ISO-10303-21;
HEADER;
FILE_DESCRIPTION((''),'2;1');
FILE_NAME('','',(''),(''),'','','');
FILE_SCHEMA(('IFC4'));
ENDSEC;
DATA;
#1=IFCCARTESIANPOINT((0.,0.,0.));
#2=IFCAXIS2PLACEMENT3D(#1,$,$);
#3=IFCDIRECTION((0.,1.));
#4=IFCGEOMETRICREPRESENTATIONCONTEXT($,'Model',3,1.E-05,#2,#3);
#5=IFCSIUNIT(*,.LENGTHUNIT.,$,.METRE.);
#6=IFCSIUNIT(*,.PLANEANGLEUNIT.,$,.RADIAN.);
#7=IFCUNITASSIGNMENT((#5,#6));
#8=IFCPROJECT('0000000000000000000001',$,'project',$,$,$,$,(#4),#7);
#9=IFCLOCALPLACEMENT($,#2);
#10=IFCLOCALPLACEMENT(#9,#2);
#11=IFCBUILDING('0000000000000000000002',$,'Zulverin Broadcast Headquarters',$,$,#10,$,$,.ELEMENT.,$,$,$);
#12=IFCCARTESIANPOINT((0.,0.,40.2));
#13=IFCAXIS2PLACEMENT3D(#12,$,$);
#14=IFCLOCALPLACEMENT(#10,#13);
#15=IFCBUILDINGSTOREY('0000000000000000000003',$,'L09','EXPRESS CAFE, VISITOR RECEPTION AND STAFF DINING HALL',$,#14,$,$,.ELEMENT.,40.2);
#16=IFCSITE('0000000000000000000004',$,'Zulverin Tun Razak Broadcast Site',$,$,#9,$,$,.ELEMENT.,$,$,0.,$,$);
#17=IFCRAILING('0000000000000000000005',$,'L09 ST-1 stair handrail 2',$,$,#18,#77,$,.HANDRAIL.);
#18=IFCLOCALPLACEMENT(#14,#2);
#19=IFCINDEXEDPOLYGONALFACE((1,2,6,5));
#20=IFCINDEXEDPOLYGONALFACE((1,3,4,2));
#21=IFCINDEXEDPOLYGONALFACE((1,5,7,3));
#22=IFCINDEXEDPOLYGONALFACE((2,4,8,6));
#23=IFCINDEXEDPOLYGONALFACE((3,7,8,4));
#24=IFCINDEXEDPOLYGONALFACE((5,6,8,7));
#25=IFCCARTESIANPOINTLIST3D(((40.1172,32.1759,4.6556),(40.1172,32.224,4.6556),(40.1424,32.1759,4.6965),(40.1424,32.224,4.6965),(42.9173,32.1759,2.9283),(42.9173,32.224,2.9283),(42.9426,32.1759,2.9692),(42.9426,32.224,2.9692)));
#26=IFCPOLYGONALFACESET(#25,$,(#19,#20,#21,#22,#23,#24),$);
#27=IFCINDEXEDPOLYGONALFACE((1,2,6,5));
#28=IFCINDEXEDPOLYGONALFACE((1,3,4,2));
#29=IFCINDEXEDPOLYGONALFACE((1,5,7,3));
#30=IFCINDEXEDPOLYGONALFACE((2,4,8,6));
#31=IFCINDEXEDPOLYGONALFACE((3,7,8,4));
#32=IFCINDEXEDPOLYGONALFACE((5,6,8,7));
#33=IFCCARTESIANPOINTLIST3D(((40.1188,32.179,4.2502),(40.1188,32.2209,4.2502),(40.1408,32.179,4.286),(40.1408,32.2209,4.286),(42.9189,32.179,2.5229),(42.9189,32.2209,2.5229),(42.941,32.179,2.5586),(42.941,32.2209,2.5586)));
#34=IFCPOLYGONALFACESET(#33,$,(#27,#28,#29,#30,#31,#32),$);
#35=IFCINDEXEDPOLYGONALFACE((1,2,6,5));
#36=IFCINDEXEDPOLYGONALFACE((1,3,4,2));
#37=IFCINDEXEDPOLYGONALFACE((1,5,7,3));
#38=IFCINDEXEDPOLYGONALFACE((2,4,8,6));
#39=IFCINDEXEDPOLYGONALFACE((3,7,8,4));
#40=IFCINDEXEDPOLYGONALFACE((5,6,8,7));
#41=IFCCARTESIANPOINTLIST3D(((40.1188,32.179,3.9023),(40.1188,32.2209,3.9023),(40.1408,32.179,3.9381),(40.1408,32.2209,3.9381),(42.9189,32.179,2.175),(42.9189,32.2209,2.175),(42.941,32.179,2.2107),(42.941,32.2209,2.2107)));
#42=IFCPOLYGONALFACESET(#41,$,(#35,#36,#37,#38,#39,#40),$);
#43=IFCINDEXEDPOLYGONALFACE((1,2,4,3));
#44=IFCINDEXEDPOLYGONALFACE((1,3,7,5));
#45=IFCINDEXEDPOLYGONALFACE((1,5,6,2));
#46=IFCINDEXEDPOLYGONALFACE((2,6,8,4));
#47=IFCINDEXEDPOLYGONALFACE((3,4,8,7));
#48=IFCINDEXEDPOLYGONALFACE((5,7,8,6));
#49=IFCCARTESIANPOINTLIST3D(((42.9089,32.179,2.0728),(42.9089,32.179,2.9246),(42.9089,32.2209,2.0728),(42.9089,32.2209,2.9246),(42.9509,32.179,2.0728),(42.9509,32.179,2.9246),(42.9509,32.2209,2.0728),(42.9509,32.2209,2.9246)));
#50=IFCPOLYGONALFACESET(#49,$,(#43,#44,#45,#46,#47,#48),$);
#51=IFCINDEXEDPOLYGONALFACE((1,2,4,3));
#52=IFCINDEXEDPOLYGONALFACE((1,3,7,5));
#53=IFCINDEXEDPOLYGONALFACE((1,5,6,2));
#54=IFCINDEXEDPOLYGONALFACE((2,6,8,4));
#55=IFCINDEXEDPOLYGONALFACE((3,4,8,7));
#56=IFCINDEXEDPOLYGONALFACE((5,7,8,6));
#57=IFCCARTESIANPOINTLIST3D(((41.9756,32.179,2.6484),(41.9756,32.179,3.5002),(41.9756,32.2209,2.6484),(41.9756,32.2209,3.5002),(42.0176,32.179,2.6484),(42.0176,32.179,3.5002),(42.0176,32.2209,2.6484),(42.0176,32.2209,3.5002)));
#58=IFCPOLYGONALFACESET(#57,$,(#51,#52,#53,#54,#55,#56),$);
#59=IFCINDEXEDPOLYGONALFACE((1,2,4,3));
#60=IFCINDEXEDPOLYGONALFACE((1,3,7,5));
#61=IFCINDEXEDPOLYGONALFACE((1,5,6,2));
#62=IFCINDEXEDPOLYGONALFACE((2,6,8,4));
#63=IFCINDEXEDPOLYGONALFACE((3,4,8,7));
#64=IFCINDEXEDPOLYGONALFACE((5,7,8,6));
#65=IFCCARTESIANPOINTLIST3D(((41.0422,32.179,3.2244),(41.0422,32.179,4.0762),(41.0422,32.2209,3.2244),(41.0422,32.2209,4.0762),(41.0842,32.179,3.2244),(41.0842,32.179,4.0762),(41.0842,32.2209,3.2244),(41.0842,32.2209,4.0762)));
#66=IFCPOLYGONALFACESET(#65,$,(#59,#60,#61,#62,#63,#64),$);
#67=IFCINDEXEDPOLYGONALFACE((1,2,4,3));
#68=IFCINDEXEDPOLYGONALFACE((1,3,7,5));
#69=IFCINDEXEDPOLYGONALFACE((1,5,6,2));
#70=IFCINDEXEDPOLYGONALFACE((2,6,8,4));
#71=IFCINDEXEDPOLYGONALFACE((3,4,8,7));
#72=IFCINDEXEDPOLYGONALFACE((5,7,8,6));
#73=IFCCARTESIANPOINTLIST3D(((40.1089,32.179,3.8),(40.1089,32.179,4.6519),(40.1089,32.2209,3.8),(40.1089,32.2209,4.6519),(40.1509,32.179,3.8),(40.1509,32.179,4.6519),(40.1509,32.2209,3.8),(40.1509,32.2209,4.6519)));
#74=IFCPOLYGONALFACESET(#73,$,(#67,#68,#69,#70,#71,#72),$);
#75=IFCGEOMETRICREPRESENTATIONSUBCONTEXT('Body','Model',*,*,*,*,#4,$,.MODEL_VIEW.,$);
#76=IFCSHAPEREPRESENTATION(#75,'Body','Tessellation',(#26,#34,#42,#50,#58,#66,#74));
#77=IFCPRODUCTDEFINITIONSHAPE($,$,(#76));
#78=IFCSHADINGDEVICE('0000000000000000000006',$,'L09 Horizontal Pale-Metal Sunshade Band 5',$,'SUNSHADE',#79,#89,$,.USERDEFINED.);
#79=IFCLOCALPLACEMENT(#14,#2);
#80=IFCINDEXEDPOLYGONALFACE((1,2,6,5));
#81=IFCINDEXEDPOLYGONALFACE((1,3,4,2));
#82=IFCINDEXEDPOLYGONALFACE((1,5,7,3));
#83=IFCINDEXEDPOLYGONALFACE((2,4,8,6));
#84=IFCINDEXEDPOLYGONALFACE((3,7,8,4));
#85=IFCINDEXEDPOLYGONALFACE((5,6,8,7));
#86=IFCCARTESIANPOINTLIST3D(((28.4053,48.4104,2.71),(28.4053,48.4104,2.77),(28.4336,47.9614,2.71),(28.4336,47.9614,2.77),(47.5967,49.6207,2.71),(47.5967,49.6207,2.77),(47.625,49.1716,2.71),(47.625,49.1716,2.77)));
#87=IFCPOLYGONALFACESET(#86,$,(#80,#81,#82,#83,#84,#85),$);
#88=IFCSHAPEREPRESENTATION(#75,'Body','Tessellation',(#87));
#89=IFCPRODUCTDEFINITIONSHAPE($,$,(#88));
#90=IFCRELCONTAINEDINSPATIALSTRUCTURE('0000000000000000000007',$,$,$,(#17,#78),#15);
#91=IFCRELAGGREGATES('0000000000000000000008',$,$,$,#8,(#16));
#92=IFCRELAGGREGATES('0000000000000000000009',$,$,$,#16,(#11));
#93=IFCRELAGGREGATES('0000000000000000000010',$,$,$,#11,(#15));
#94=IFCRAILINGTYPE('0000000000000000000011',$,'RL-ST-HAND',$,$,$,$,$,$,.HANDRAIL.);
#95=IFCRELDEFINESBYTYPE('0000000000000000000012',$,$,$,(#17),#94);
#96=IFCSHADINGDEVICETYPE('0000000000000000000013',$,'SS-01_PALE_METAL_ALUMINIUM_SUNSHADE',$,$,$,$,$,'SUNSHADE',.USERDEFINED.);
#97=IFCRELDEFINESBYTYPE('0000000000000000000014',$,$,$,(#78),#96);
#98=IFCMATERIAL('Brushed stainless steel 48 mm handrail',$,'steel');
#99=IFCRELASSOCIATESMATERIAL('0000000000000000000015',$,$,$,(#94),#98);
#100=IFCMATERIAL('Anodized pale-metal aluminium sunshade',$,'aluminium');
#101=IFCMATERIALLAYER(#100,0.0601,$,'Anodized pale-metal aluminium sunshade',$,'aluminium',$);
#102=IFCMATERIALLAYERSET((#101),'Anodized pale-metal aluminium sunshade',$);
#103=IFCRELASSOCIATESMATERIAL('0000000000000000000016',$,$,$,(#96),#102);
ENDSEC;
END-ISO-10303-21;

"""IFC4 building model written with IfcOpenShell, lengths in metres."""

from ifc_helpers import new_model, si_unit, direction, frame, origin, origin_2d, place, context, subcontext, project, spatial, rectangle, extrude, material, layer, layer_set, type_object, element, save


model = new_model("IFC4")

# Units and contexts
model_context = context("Model", 3, precision=1e-05, world=origin(), true_north=direction((0.0, 1.0)))
body_context = subcontext(model_context, "Body", "Model", "MODEL_VIEW")
ifc_project = project(units=[si_unit("LENGTHUNIT", "METRE"), si_unit("PLANEANGLEUNIT", "RADIAN")], contexts=[model_context])

# Site, building, storey
site_placement = place(None, origin())
site = spatial("IfcSite", under=ifc_project, at=site_placement, Name="Zulverin Tun Razak Broadcast Site", CompositionType="ELEMENT", RefElevation=0.0)
building_placement = place(site_placement, origin())
building = spatial("IfcBuilding", under=site, at=building_placement, Name="Zulverin Broadcast Headquarters", CompositionType="ELEMENT")
storey_placement = place(building_placement, frame((0.0, 0.0, 40.2)))
storey = spatial("IfcBuildingStorey", under=building, at=storey_placement, Name="L09", Description="EXPRESS CAFE, VISITOR RECEPTION AND STAFF DINING HALL", CompositionType="ELEMENT", Elevation=40.2)

# Railing
ifc_material_1 = material(Name="Brushed stainless steel 48 mm handrail", Category="steel")
railing_type_1 = type_object("IfcRailingType", Name="RL-ST-HAND", PredefinedType="HANDRAIL", material=ifc_material_1)
railing_1_placement = place(storey_placement, frame((42.9299, 32.2, 2.0728)))
element("IfcRailing", 1, at=railing_1_placement, inside=storey, type_object=railing_type_1, Name="L09 ST-1 stair handrail 2", PredefinedType="HANDRAIL", context=body_context, shape_type="SweptSolid", body=[
    extrude(rectangle(XDim=0.0481, YDim=0.0481, at=origin_2d()), frame((0.0, 0.0, 0.876), z_axis=(-0.85109, 0.0, 0.52502), x_axis=(0.0, -1.0, 0.0)), (0.0, 0.0, 1.0), 3.29),
    extrude(rectangle(XDim=0.042, YDim=0.042, at=origin_2d()), frame((0.0, 0.0, 0.468), z_axis=(-0.85109, 0.0, 0.52502), x_axis=(0.0, -1.0, 0.0)), (0.0, 0.0, 1.0), 3.29),
    extrude(rectangle(XDim=0.042, YDim=0.042, at=origin_2d()), frame((0.0, 0.0, 0.1201), z_axis=(-0.85109, 0.0, 0.52502), x_axis=(0.0, -1.0, 0.0)), (0.0, 0.0, 1.0), 3.29),
    extrude(rectangle(XDim=0.042, YDim=0.042, at=origin_2d()), origin(), (0.0, 0.0, 1.0), 0.8518),
    extrude(rectangle(XDim=0.042, YDim=0.042, at=origin_2d()), frame((-0.9333, 0.0, 0.5757)), (0.0, 0.0, 1.0), 0.8518),
    extrude(rectangle(XDim=0.042, YDim=0.042, at=origin_2d()), frame((-1.8667, 0.0, 1.1516)), (0.0, 0.0, 1.0), 0.8518),
    extrude(rectangle(XDim=0.042, YDim=0.042, at=origin_2d()), frame((-2.8, 0.0, 1.7273)), (0.0, 0.0, 1.0), 0.8518),
])

# Shading device
ifc_material_2 = material(Name="Anodized pale-metal aluminium sunshade", Category="aluminium")
ifc_layer_1 = layer(ifc_material_2, 0.0601, Name="Anodized pale-metal aluminium sunshade", Category="aluminium")
ifc_layer_set_1 = layer_set([ifc_layer_1], Name="Anodized pale-metal aluminium sunshade")
shading_device_type = type_object("IfcShadingDeviceType", Name="SS-01_PALE_METAL_ALUMINIUM_SUNSHADE", ElementType="SUNSHADE", PredefinedType="USERDEFINED", material=ifc_layer_set_1)
shading_device_placement = place(storey_placement, frame((38.0151, 48.791, 2.71), z_axis=(0.0, 0.0, 1.0), x_axis=(-0.998018, -0.062935, 0.0)))
element("IfcShadingDevice", 2, at=shading_device_placement, inside=storey, type_object=shading_device_type, Name="L09 Horizontal Pale-Metal Sunshade Band 5", ObjectType="SUNSHADE", PredefinedType="USERDEFINED", context=body_context, shape_type="SweptSolid", body=[
    extrude(rectangle(XDim=19.2295, YDim=0.45, at=origin_2d()), origin(), (0.0, 0.0, 1.0), 0.0601),
])

save(model, "model.ifc")
